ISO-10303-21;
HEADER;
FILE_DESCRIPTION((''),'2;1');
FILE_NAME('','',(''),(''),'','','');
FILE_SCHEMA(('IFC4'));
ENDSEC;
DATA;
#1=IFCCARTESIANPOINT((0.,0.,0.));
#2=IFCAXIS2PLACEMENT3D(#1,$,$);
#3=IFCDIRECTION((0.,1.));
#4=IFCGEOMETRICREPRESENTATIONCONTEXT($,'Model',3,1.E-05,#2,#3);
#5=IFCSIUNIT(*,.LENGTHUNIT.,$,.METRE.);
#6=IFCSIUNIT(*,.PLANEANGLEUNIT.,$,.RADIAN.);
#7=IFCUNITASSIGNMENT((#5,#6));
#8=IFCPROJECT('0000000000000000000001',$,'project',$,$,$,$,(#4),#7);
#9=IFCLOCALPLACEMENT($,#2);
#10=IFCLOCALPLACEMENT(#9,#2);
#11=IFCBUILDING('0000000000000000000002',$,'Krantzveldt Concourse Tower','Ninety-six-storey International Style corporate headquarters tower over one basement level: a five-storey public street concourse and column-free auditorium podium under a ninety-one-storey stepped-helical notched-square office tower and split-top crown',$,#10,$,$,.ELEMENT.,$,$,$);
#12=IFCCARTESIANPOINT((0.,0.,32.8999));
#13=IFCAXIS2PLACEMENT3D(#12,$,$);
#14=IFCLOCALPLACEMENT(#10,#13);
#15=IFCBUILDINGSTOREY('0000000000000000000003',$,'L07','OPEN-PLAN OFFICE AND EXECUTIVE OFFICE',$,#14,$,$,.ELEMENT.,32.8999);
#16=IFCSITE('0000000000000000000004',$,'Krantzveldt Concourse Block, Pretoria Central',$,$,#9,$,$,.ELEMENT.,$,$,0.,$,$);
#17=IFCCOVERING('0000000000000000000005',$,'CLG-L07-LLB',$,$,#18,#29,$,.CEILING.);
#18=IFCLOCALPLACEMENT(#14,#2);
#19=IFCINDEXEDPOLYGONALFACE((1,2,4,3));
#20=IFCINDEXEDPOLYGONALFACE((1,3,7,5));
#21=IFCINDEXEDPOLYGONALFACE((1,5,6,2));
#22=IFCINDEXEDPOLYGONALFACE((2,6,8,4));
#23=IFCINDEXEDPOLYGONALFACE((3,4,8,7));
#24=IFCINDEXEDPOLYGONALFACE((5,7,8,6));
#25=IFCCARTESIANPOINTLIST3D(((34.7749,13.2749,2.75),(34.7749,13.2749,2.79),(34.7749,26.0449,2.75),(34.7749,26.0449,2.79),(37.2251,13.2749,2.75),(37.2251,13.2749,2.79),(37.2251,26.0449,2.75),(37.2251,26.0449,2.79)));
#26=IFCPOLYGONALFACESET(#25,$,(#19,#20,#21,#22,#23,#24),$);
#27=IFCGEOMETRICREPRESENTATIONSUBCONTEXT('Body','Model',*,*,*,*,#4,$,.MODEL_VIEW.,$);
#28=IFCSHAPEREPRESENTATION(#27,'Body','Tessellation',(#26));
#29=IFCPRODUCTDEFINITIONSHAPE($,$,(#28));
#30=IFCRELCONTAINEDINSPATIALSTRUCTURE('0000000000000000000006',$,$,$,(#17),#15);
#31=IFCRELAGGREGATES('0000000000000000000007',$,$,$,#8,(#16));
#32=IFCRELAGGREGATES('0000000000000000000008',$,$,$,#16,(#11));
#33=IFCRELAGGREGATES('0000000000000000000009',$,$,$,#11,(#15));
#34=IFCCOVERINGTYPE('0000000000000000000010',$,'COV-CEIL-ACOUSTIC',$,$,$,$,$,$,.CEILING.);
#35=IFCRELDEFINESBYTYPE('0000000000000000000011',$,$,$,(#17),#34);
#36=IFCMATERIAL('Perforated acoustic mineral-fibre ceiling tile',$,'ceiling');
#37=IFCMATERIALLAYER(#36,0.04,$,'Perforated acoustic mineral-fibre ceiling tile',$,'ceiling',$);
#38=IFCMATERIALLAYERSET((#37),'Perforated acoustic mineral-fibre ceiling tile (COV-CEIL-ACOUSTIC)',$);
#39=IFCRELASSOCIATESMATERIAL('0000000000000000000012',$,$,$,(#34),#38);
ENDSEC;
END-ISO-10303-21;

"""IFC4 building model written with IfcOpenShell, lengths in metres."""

from ifc_helpers import new_model, si_unit, direction, frame, origin, place, context, subcontext, project, spatial, polyline, outline, extrude, material, layer, layer_set, type_object, element, save


model = new_model("IFC4")

# Units and contexts
model_context = context("Model", 3, precision=1e-05, world=origin(), true_north=direction((0.0, 1.0)))
body_context = subcontext(model_context, "Body", "Model", "MODEL_VIEW")
ifc_project = project(units=[si_unit("LENGTHUNIT", "METRE"), si_unit("PLANEANGLEUNIT", "RADIAN")], contexts=[model_context])

# Site, building, storey
site_placement = place(None, origin())
site = spatial("IfcSite", under=ifc_project, at=site_placement, Name="Krantzveldt Concourse Block, Pretoria Central", CompositionType="ELEMENT", RefElevation=0.0)
building_placement = place(site_placement, origin())
building = spatial("IfcBuilding", under=site, at=building_placement, Name="Krantzveldt Concourse Tower", Description="Ninety-six-storey International Style corporate headquarters tower over one basement level: a five-storey public street concourse and column-free auditorium podium under a ninety-one-storey stepped-helical notched-square office tower and split-top crown", CompositionType="ELEMENT")
storey_placement = place(building_placement, frame((0.0, 0.0, 32.8999)))
storey = spatial("IfcBuildingStorey", under=building, at=storey_placement, Name="L07", Description="OPEN-PLAN OFFICE AND EXECUTIVE OFFICE", CompositionType="ELEMENT", Elevation=32.8999)

# Covering
ifc_material_1 = material(Name="Perforated acoustic mineral-fibre ceiling tile", Category="ceiling")
ifc_layer_1 = layer(ifc_material_1, 0.04, Name="Perforated acoustic mineral-fibre ceiling tile", Category="ceiling")
ifc_layer_set_1 = layer_set([ifc_layer_1], Name="Perforated acoustic mineral-fibre ceiling tile (COV-CEIL-ACOUSTIC)")
covering_type = type_object("IfcCoveringType", Name="COV-CEIL-ACOUSTIC", PredefinedType="CEILING", material=ifc_layer_set_1)
covering_placement = place(storey_placement, frame((0.0, 0.0, 2.75)))
element("IfcCovering", 1, at=covering_placement, inside=storey, type_object=covering_type, Name="CLG-L07-LLB", PredefinedType="CEILING", context=body_context, shape_type="SweptSolid", body=[
    extrude(outline(polyline([(37.2251, 13.2749), (34.7749, 13.2749), (34.7749, 26.0449), (37.2251, 26.0449), (37.2251, 13.2749)])), origin(), (0.0, 0.0, 1.0), 0.04),
])

save(model, "model.ifc")
